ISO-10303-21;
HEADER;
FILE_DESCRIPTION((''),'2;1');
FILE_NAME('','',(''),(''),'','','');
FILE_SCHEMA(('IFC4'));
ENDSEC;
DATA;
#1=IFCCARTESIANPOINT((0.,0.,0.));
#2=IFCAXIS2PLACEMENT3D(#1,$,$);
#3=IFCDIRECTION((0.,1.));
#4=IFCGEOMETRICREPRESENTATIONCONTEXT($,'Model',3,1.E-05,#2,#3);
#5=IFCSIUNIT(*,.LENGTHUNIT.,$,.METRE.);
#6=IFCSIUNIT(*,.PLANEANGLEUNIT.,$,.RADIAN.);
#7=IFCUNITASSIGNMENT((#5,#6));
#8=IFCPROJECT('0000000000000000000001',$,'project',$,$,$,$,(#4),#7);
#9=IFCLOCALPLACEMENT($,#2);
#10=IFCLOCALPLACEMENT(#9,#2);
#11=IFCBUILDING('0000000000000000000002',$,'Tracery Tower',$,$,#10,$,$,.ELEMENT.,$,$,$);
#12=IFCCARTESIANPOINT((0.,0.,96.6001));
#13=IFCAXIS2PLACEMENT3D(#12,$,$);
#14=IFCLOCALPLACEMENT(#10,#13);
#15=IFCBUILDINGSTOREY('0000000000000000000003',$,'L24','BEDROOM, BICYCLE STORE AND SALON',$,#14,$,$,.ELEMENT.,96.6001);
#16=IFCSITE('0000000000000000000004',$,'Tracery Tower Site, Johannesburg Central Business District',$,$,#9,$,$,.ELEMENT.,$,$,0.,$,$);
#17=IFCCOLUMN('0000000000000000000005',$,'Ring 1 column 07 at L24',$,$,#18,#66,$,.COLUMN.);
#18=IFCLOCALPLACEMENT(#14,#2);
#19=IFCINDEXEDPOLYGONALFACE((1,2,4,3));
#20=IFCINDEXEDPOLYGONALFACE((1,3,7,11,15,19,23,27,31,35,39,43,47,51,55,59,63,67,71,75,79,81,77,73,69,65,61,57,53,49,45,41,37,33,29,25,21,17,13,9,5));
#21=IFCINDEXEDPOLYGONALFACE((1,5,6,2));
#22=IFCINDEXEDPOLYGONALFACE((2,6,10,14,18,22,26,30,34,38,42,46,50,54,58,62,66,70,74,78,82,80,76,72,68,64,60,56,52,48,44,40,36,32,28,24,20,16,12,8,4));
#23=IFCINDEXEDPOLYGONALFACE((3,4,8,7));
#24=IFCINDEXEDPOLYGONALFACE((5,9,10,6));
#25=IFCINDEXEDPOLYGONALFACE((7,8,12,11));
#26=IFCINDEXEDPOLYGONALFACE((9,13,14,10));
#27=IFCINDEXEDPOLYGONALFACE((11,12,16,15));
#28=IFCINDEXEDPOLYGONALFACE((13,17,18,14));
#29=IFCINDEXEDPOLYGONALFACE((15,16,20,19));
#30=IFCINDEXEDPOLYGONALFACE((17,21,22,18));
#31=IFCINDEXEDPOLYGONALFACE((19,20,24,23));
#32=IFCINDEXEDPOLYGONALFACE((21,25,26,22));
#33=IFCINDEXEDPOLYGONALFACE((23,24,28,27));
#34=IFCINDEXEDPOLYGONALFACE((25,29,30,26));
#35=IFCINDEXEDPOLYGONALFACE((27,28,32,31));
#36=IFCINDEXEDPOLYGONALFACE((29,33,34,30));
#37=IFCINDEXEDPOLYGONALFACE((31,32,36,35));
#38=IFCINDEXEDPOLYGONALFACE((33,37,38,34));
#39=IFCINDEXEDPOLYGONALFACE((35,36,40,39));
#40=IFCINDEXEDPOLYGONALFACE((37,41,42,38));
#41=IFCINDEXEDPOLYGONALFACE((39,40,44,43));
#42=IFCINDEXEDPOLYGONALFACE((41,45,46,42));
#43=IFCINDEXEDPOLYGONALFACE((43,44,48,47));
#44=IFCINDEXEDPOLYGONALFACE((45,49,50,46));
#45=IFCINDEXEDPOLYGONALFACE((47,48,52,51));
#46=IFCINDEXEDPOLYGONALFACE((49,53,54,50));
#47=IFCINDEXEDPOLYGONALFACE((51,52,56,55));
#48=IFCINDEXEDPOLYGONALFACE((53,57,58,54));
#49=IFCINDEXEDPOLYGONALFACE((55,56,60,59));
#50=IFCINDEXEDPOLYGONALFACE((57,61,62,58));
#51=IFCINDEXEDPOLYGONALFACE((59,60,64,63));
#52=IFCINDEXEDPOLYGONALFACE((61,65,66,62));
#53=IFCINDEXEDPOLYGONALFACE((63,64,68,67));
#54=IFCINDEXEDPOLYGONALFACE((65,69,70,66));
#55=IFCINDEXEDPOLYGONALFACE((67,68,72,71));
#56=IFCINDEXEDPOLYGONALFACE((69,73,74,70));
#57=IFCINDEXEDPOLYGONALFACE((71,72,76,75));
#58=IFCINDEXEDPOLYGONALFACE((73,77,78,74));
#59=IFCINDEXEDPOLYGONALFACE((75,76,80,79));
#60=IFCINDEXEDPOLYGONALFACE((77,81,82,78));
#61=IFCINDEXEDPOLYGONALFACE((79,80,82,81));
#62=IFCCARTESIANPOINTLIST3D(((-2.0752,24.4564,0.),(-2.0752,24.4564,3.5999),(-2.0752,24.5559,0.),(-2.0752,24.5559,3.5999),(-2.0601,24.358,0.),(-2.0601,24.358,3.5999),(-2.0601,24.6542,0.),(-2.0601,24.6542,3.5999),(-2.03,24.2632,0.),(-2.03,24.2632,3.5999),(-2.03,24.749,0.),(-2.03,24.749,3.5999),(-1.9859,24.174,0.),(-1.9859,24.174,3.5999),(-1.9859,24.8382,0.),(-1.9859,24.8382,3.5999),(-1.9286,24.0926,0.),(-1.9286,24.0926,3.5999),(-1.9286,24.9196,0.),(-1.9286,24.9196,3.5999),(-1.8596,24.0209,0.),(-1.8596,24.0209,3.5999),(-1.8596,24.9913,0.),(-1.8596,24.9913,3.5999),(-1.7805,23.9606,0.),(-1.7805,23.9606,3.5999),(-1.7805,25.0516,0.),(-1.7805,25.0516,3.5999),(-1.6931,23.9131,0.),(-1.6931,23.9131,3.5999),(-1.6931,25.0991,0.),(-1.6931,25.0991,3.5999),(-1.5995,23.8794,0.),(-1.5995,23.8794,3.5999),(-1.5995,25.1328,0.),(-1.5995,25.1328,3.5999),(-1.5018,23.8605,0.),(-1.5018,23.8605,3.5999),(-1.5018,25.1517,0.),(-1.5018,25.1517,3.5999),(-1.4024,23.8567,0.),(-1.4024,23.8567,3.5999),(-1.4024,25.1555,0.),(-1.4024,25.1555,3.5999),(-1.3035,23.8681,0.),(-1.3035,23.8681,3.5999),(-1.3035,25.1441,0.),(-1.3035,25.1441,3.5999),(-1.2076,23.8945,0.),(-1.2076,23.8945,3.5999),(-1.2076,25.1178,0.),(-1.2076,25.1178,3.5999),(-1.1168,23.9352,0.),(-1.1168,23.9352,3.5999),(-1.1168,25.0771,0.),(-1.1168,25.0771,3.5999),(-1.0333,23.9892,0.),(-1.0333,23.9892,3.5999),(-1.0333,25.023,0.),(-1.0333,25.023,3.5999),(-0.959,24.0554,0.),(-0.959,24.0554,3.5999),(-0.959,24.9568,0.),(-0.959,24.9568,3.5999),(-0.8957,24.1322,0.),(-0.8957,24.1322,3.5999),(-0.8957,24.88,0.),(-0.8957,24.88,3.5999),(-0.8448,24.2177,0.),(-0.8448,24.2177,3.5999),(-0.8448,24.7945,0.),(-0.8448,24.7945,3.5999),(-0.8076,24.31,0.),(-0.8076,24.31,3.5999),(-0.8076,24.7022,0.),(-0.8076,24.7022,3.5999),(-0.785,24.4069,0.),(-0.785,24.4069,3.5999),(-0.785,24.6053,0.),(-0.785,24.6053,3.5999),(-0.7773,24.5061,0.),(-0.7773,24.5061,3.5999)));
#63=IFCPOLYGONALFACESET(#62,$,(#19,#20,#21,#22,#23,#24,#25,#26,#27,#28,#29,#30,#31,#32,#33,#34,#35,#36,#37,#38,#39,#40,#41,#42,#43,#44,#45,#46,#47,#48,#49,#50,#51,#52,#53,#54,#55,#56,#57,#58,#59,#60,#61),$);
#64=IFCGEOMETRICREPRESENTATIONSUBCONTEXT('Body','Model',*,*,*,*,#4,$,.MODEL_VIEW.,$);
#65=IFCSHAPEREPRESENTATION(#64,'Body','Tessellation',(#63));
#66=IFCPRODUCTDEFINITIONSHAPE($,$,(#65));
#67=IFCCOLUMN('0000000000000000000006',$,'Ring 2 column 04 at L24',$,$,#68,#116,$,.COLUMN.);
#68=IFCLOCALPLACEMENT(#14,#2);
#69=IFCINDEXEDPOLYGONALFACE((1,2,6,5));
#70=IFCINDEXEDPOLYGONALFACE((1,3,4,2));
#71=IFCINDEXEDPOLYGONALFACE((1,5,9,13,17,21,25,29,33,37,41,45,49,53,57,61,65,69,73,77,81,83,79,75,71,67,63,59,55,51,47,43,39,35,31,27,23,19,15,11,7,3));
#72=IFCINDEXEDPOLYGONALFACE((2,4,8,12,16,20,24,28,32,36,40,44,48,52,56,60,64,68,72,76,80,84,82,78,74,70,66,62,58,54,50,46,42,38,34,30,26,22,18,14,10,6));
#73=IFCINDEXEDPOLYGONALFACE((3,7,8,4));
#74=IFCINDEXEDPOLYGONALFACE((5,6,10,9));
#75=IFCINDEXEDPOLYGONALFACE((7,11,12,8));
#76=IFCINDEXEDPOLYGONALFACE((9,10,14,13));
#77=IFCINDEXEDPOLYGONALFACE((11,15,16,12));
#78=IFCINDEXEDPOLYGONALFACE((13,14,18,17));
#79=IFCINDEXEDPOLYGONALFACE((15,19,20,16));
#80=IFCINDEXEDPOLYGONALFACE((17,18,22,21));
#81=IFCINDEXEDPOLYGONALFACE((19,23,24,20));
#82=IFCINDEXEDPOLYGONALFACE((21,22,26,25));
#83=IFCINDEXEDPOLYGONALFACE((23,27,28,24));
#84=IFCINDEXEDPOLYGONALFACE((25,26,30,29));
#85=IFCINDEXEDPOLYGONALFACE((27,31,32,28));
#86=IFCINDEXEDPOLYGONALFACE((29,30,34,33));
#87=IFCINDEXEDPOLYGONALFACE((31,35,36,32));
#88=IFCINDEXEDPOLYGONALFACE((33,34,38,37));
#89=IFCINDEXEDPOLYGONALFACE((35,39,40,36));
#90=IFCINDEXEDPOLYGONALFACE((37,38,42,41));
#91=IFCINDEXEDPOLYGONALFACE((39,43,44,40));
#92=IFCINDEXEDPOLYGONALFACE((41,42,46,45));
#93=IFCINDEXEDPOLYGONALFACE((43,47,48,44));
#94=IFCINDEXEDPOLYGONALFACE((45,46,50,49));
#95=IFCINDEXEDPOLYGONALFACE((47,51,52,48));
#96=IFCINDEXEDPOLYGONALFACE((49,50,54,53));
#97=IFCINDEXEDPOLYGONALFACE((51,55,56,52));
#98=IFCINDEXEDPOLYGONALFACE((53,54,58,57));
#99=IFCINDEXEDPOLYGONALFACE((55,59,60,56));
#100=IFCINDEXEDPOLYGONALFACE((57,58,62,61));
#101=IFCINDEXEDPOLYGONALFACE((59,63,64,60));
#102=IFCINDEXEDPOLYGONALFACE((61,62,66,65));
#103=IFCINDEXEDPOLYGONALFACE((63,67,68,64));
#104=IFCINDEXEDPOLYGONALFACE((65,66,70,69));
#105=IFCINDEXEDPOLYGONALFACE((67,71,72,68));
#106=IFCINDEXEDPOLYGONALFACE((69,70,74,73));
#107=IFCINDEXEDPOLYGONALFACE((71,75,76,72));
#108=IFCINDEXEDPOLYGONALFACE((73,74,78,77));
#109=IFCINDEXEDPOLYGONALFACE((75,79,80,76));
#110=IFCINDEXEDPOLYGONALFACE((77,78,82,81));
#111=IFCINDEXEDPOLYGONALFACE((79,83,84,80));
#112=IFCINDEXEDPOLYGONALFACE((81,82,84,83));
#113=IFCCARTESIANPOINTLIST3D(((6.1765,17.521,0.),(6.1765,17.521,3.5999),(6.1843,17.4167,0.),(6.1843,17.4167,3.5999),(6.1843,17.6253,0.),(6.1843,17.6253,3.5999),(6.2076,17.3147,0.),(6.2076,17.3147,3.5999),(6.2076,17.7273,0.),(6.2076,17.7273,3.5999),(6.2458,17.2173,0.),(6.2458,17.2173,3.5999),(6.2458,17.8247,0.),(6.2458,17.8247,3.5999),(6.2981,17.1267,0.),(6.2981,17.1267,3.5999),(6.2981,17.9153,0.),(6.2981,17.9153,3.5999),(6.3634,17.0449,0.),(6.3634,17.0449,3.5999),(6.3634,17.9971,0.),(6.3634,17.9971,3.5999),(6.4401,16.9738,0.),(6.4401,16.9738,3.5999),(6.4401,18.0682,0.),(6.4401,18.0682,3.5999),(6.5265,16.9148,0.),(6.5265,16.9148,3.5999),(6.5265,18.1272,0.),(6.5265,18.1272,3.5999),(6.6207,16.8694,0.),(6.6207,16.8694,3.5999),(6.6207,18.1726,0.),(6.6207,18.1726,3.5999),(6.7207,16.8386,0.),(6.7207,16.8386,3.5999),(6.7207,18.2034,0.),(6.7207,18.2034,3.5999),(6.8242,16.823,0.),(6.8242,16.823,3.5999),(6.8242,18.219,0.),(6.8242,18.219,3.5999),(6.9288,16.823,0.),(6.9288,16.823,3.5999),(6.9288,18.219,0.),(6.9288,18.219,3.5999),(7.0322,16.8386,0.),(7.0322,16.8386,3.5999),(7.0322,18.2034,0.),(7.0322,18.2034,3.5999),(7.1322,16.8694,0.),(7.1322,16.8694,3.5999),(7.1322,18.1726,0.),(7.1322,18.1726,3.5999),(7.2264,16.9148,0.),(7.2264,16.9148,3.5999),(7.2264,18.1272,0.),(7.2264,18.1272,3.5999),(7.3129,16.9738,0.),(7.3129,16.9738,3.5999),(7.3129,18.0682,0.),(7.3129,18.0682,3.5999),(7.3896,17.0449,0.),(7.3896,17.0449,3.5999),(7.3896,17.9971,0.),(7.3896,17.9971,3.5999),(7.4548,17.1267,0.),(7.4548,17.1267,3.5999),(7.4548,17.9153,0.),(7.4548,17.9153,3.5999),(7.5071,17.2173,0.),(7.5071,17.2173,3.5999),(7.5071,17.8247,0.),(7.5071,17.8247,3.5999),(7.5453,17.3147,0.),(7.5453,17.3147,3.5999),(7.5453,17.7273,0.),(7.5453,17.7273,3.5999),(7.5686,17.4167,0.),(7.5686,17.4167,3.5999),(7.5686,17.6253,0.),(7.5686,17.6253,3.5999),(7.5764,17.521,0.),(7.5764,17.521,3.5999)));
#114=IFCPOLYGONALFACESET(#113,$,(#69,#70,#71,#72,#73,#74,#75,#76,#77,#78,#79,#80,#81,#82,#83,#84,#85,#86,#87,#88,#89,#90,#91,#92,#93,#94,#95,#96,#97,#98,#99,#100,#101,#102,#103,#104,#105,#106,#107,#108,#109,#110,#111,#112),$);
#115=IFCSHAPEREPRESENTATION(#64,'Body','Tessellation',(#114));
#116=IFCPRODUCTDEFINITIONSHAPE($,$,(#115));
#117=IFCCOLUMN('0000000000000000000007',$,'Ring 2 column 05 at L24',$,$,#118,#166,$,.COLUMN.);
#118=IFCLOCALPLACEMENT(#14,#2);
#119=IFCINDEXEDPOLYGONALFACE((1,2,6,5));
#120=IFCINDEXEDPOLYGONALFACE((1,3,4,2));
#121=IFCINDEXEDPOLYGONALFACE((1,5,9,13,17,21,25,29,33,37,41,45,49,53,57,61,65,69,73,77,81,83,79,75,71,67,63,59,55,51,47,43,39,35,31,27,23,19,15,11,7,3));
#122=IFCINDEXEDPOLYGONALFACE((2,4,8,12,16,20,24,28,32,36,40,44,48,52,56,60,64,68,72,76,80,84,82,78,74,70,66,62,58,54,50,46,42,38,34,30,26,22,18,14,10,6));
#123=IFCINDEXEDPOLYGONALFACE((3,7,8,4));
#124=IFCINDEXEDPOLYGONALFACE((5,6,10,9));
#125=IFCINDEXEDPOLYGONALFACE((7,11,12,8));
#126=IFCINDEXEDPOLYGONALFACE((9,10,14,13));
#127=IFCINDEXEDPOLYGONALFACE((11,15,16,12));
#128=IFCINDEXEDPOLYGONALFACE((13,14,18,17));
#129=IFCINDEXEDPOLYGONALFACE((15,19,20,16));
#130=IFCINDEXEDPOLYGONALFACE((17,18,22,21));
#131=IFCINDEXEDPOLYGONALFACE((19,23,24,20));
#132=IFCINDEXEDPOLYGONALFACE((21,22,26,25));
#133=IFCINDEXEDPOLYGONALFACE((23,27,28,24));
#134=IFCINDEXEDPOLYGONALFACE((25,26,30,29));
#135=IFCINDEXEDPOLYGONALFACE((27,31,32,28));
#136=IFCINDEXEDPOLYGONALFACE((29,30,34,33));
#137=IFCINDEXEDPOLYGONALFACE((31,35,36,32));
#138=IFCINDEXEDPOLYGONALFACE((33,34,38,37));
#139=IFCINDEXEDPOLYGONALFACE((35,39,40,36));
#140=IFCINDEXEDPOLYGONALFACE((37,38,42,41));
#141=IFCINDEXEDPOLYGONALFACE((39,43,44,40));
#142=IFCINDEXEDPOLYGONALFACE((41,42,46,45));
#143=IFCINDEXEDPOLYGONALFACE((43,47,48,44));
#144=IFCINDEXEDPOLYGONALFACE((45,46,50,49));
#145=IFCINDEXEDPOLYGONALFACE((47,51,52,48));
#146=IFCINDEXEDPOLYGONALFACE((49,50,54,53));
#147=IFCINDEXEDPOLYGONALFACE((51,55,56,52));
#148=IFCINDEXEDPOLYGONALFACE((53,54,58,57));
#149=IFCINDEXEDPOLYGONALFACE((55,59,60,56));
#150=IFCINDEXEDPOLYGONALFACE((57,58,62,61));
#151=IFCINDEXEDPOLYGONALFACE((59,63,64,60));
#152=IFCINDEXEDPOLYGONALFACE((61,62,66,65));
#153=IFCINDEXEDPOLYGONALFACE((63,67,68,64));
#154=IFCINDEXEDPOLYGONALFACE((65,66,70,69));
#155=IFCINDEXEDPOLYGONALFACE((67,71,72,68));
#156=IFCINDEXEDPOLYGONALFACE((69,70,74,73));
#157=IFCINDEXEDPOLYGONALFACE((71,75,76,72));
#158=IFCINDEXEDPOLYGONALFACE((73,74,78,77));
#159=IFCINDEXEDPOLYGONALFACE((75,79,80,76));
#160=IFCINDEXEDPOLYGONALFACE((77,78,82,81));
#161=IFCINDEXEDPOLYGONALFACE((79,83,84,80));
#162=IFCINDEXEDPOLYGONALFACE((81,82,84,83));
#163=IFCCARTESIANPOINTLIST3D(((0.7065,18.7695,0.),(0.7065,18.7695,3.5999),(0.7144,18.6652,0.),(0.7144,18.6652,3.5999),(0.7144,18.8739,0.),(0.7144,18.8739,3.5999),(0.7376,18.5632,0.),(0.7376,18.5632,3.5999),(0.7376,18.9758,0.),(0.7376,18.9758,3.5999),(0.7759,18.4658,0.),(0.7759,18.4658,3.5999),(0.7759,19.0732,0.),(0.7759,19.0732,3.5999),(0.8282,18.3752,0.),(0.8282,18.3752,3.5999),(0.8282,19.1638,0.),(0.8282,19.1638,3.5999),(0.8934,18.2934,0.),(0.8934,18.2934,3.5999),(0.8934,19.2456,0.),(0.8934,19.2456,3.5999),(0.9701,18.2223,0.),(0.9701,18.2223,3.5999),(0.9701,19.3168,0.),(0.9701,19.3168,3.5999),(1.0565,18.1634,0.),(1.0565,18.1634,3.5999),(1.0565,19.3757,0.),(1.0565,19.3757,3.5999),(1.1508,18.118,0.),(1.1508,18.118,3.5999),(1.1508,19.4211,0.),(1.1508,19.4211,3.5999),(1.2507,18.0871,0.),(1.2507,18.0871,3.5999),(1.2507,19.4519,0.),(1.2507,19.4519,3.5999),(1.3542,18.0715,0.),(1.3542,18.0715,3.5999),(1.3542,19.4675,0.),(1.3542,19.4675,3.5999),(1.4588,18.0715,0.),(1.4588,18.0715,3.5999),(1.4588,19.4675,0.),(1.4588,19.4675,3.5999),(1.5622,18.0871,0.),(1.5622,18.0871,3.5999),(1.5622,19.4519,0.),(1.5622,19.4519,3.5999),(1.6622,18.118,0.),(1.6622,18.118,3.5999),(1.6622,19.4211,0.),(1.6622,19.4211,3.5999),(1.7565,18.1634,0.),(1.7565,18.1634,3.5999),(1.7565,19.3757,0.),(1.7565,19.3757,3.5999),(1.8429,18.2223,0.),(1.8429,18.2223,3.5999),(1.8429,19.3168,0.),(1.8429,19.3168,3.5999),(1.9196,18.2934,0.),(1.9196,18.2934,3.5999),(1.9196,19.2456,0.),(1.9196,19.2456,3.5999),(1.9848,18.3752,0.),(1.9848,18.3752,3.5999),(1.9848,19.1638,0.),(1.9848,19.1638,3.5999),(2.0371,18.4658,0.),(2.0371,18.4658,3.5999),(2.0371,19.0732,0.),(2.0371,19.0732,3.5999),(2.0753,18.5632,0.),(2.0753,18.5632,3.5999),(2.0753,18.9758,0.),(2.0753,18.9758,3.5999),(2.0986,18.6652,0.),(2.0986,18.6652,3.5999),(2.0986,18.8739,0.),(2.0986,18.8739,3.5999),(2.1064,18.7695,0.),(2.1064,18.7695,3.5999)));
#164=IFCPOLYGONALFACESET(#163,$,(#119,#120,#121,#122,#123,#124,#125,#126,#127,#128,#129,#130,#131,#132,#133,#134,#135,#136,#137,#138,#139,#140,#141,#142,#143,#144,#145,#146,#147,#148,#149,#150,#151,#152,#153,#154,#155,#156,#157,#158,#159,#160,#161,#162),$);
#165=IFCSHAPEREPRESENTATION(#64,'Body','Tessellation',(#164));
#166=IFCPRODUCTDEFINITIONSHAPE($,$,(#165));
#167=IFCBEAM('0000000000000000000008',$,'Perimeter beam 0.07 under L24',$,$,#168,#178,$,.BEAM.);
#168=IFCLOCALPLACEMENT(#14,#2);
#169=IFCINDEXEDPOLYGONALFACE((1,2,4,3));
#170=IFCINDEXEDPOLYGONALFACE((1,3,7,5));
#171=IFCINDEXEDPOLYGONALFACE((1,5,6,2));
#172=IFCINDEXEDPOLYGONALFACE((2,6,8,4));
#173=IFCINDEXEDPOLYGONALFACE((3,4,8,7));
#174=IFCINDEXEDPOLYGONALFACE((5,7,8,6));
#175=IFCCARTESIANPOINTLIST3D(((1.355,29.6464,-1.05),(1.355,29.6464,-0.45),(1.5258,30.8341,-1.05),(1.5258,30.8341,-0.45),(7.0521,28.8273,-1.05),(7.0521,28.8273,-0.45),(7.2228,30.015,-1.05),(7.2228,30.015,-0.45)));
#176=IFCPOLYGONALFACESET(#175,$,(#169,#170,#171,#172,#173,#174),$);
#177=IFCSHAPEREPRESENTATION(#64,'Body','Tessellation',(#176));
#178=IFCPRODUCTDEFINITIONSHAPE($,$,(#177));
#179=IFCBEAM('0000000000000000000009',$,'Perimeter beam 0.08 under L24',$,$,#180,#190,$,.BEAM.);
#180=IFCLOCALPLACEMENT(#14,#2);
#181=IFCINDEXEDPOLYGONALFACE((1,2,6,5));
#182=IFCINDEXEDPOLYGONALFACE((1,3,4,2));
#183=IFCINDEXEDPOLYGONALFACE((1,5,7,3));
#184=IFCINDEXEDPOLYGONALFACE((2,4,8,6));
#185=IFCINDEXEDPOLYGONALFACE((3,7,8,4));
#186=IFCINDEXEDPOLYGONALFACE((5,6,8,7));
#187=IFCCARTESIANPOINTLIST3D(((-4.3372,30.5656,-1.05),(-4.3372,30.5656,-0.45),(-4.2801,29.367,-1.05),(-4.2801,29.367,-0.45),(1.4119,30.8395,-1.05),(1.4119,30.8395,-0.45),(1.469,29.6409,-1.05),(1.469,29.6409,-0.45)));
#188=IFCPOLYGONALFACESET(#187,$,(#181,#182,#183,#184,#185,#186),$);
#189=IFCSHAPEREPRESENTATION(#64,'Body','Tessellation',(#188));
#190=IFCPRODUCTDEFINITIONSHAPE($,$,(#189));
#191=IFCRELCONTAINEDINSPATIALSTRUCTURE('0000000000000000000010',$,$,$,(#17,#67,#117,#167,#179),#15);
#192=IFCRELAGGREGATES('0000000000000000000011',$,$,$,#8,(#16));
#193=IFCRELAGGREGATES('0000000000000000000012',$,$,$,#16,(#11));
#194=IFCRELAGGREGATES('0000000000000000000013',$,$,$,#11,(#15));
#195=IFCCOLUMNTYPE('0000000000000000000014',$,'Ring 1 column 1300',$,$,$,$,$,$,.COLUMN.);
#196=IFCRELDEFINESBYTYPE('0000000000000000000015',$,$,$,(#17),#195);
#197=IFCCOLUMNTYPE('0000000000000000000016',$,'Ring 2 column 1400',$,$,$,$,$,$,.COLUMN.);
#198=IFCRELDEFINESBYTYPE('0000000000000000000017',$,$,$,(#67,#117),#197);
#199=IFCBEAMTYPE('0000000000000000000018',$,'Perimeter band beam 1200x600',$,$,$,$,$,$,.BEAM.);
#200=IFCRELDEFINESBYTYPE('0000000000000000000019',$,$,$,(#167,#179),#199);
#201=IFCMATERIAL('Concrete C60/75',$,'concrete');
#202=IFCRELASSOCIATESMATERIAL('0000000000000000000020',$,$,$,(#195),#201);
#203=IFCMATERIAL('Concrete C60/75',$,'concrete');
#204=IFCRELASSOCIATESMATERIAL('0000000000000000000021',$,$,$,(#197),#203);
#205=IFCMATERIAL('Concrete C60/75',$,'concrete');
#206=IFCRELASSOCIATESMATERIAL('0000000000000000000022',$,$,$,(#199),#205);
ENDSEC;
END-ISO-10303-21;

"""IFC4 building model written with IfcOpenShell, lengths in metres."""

from ifc_helpers import new_model, si_unit, direction, frame, origin, origin_2d, place, context, subcontext, project, spatial, rectangle, circle, extrude, material, material_profile, profile_set, type_object, element, save


model = new_model("IFC4")

# Units and contexts
model_context = context("Model", 3, precision=1e-05, world=origin(), true_north=direction((0.0, 1.0)))
body_context = subcontext(model_context, "Body", "Model", "MODEL_VIEW")
ifc_project = project(units=[si_unit("LENGTHUNIT", "METRE"), si_unit("PLANEANGLEUNIT", "RADIAN")], contexts=[model_context])

# Site, building, storey
site_placement = place(None, origin())
site = spatial("IfcSite", under=ifc_project, at=site_placement, Name="Tracery Tower Site, Johannesburg Central Business District", CompositionType="ELEMENT", RefElevation=0.0)
building_placement = place(site_placement, origin())
building = spatial("IfcBuilding", under=site, at=building_placement, Name="Tracery Tower", CompositionType="ELEMENT")
storey_placement = place(building_placement, frame((0.0, 0.0, 96.6001)))
storey = spatial("IfcBuildingStorey", under=building, at=storey_placement, Name="L24", Description="BEDROOM, BICYCLE STORE AND SALON", CompositionType="ELEMENT", Elevation=96.6001)

# Columns
ifc_material_1 = material(Name="Concrete C60/75", Category="concrete")
ifc_material_profile_1 = material_profile(ifc_material_1, circle(Radius=0.6499, at=origin_2d()), Name="RC D1300")
ifc_profile_set_1 = profile_set([ifc_material_profile_1], Name="Concrete C60/75")
column_type_1 = type_object("IfcColumnType", Name="Ring 1 column 1300", PredefinedType="COLUMN", material=ifc_profile_set_1)
for number, where, z_axis, x_axis, name in (
    (1, (-1.4272, 24.5061, 0.0), (0.0, 0.0, 1.0), (1.0, 0.0, 0.0), "Ring 1 column 07 at L24"),
):
    element("IfcColumn", number, at=place(storey_placement, frame(where, z_axis=z_axis, x_axis=x_axis)), inside=storey, type_object=column_type_1, Name=name, PredefinedType="COLUMN", context=body_context, shape_type="SweptSolid", body=[
        extrude(circle(Radius=0.6499, at=origin_2d()), origin(), (0.0, 0.0, 1.0), 3.5999),
    ])
ifc_material_2 = material(Name="Concrete C60/75", Category="concrete")
ifc_material_profile_2 = material_profile(ifc_material_2, circle(Radius=0.7, at=origin_2d()), Name="RC D1400")
ifc_profile_set_2 = profile_set([ifc_material_profile_2], Name="Concrete C60/75")
column_type_2 = type_object("IfcColumnType", Name="Ring 2 column 1400", PredefinedType="COLUMN", material=ifc_profile_set_2)
for number, where, z_axis, x_axis, name in (
    (2, (6.8765, 17.521, 0.0), (0.0, 0.0, 1.0), (1.0, 0.0, 0.0), "Ring 2 column 04 at L24"),
    (3, (1.4065, 18.7695, 0.0), (0.0, 0.0, 1.0), (1.0, 0.0, 0.0), "Ring 2 column 05 at L24"),
):
    element("IfcColumn", number, at=place(storey_placement, frame(where, z_axis=z_axis, x_axis=x_axis)), inside=storey, type_object=column_type_2, Name=name, PredefinedType="COLUMN", context=body_context, shape_type="SweptSolid", body=[
        extrude(circle(Radius=0.7, at=origin_2d()), origin(), (0.0, 0.0, 1.0), 3.5999),
    ])

# Beams
ifc_material_3 = material(Name="Concrete C60/75", Category="concrete")
ifc_material_profile_3 = material_profile(ifc_material_3, rectangle(XDim=1.2, YDim=0.6001, at=origin_2d()), Name="RC 1200x600")
ifc_profile_set_3 = profile_set([ifc_material_profile_3], Name="Concrete C60/75")
beam_type = type_object("IfcBeamType", Name="Perimeter band beam 1200x600", PredefinedType="BEAM", material=ifc_profile_set_3)
for number, where, z_axis, x_axis, name in (
    (4, (7.1375, 29.4211, -0.75), (-0.989822, 0.142312, 0.0), (-0.142312, -0.989822, 0.0), "Perimeter beam 0.07 under L24"),
    (5, (1.4404, 30.2402, -0.75), (-0.998867, -0.047593, 0.0), (0.047593, -0.998867, 0.0), "Perimeter beam 0.08 under L24"),
):
    element("IfcBeam", number, at=place(storey_placement, frame(where, z_axis=z_axis, x_axis=x_axis)), inside=storey, type_object=beam_type, Name=name, PredefinedType="BEAM", context=body_context, shape_type="SweptSolid", body=[
        extrude(rectangle(XDim=1.2, YDim=0.6001, at=origin_2d()), origin(), (0.0, 0.0, 1.0), 5.7556),
    ])

save(model, "model.ifc")
